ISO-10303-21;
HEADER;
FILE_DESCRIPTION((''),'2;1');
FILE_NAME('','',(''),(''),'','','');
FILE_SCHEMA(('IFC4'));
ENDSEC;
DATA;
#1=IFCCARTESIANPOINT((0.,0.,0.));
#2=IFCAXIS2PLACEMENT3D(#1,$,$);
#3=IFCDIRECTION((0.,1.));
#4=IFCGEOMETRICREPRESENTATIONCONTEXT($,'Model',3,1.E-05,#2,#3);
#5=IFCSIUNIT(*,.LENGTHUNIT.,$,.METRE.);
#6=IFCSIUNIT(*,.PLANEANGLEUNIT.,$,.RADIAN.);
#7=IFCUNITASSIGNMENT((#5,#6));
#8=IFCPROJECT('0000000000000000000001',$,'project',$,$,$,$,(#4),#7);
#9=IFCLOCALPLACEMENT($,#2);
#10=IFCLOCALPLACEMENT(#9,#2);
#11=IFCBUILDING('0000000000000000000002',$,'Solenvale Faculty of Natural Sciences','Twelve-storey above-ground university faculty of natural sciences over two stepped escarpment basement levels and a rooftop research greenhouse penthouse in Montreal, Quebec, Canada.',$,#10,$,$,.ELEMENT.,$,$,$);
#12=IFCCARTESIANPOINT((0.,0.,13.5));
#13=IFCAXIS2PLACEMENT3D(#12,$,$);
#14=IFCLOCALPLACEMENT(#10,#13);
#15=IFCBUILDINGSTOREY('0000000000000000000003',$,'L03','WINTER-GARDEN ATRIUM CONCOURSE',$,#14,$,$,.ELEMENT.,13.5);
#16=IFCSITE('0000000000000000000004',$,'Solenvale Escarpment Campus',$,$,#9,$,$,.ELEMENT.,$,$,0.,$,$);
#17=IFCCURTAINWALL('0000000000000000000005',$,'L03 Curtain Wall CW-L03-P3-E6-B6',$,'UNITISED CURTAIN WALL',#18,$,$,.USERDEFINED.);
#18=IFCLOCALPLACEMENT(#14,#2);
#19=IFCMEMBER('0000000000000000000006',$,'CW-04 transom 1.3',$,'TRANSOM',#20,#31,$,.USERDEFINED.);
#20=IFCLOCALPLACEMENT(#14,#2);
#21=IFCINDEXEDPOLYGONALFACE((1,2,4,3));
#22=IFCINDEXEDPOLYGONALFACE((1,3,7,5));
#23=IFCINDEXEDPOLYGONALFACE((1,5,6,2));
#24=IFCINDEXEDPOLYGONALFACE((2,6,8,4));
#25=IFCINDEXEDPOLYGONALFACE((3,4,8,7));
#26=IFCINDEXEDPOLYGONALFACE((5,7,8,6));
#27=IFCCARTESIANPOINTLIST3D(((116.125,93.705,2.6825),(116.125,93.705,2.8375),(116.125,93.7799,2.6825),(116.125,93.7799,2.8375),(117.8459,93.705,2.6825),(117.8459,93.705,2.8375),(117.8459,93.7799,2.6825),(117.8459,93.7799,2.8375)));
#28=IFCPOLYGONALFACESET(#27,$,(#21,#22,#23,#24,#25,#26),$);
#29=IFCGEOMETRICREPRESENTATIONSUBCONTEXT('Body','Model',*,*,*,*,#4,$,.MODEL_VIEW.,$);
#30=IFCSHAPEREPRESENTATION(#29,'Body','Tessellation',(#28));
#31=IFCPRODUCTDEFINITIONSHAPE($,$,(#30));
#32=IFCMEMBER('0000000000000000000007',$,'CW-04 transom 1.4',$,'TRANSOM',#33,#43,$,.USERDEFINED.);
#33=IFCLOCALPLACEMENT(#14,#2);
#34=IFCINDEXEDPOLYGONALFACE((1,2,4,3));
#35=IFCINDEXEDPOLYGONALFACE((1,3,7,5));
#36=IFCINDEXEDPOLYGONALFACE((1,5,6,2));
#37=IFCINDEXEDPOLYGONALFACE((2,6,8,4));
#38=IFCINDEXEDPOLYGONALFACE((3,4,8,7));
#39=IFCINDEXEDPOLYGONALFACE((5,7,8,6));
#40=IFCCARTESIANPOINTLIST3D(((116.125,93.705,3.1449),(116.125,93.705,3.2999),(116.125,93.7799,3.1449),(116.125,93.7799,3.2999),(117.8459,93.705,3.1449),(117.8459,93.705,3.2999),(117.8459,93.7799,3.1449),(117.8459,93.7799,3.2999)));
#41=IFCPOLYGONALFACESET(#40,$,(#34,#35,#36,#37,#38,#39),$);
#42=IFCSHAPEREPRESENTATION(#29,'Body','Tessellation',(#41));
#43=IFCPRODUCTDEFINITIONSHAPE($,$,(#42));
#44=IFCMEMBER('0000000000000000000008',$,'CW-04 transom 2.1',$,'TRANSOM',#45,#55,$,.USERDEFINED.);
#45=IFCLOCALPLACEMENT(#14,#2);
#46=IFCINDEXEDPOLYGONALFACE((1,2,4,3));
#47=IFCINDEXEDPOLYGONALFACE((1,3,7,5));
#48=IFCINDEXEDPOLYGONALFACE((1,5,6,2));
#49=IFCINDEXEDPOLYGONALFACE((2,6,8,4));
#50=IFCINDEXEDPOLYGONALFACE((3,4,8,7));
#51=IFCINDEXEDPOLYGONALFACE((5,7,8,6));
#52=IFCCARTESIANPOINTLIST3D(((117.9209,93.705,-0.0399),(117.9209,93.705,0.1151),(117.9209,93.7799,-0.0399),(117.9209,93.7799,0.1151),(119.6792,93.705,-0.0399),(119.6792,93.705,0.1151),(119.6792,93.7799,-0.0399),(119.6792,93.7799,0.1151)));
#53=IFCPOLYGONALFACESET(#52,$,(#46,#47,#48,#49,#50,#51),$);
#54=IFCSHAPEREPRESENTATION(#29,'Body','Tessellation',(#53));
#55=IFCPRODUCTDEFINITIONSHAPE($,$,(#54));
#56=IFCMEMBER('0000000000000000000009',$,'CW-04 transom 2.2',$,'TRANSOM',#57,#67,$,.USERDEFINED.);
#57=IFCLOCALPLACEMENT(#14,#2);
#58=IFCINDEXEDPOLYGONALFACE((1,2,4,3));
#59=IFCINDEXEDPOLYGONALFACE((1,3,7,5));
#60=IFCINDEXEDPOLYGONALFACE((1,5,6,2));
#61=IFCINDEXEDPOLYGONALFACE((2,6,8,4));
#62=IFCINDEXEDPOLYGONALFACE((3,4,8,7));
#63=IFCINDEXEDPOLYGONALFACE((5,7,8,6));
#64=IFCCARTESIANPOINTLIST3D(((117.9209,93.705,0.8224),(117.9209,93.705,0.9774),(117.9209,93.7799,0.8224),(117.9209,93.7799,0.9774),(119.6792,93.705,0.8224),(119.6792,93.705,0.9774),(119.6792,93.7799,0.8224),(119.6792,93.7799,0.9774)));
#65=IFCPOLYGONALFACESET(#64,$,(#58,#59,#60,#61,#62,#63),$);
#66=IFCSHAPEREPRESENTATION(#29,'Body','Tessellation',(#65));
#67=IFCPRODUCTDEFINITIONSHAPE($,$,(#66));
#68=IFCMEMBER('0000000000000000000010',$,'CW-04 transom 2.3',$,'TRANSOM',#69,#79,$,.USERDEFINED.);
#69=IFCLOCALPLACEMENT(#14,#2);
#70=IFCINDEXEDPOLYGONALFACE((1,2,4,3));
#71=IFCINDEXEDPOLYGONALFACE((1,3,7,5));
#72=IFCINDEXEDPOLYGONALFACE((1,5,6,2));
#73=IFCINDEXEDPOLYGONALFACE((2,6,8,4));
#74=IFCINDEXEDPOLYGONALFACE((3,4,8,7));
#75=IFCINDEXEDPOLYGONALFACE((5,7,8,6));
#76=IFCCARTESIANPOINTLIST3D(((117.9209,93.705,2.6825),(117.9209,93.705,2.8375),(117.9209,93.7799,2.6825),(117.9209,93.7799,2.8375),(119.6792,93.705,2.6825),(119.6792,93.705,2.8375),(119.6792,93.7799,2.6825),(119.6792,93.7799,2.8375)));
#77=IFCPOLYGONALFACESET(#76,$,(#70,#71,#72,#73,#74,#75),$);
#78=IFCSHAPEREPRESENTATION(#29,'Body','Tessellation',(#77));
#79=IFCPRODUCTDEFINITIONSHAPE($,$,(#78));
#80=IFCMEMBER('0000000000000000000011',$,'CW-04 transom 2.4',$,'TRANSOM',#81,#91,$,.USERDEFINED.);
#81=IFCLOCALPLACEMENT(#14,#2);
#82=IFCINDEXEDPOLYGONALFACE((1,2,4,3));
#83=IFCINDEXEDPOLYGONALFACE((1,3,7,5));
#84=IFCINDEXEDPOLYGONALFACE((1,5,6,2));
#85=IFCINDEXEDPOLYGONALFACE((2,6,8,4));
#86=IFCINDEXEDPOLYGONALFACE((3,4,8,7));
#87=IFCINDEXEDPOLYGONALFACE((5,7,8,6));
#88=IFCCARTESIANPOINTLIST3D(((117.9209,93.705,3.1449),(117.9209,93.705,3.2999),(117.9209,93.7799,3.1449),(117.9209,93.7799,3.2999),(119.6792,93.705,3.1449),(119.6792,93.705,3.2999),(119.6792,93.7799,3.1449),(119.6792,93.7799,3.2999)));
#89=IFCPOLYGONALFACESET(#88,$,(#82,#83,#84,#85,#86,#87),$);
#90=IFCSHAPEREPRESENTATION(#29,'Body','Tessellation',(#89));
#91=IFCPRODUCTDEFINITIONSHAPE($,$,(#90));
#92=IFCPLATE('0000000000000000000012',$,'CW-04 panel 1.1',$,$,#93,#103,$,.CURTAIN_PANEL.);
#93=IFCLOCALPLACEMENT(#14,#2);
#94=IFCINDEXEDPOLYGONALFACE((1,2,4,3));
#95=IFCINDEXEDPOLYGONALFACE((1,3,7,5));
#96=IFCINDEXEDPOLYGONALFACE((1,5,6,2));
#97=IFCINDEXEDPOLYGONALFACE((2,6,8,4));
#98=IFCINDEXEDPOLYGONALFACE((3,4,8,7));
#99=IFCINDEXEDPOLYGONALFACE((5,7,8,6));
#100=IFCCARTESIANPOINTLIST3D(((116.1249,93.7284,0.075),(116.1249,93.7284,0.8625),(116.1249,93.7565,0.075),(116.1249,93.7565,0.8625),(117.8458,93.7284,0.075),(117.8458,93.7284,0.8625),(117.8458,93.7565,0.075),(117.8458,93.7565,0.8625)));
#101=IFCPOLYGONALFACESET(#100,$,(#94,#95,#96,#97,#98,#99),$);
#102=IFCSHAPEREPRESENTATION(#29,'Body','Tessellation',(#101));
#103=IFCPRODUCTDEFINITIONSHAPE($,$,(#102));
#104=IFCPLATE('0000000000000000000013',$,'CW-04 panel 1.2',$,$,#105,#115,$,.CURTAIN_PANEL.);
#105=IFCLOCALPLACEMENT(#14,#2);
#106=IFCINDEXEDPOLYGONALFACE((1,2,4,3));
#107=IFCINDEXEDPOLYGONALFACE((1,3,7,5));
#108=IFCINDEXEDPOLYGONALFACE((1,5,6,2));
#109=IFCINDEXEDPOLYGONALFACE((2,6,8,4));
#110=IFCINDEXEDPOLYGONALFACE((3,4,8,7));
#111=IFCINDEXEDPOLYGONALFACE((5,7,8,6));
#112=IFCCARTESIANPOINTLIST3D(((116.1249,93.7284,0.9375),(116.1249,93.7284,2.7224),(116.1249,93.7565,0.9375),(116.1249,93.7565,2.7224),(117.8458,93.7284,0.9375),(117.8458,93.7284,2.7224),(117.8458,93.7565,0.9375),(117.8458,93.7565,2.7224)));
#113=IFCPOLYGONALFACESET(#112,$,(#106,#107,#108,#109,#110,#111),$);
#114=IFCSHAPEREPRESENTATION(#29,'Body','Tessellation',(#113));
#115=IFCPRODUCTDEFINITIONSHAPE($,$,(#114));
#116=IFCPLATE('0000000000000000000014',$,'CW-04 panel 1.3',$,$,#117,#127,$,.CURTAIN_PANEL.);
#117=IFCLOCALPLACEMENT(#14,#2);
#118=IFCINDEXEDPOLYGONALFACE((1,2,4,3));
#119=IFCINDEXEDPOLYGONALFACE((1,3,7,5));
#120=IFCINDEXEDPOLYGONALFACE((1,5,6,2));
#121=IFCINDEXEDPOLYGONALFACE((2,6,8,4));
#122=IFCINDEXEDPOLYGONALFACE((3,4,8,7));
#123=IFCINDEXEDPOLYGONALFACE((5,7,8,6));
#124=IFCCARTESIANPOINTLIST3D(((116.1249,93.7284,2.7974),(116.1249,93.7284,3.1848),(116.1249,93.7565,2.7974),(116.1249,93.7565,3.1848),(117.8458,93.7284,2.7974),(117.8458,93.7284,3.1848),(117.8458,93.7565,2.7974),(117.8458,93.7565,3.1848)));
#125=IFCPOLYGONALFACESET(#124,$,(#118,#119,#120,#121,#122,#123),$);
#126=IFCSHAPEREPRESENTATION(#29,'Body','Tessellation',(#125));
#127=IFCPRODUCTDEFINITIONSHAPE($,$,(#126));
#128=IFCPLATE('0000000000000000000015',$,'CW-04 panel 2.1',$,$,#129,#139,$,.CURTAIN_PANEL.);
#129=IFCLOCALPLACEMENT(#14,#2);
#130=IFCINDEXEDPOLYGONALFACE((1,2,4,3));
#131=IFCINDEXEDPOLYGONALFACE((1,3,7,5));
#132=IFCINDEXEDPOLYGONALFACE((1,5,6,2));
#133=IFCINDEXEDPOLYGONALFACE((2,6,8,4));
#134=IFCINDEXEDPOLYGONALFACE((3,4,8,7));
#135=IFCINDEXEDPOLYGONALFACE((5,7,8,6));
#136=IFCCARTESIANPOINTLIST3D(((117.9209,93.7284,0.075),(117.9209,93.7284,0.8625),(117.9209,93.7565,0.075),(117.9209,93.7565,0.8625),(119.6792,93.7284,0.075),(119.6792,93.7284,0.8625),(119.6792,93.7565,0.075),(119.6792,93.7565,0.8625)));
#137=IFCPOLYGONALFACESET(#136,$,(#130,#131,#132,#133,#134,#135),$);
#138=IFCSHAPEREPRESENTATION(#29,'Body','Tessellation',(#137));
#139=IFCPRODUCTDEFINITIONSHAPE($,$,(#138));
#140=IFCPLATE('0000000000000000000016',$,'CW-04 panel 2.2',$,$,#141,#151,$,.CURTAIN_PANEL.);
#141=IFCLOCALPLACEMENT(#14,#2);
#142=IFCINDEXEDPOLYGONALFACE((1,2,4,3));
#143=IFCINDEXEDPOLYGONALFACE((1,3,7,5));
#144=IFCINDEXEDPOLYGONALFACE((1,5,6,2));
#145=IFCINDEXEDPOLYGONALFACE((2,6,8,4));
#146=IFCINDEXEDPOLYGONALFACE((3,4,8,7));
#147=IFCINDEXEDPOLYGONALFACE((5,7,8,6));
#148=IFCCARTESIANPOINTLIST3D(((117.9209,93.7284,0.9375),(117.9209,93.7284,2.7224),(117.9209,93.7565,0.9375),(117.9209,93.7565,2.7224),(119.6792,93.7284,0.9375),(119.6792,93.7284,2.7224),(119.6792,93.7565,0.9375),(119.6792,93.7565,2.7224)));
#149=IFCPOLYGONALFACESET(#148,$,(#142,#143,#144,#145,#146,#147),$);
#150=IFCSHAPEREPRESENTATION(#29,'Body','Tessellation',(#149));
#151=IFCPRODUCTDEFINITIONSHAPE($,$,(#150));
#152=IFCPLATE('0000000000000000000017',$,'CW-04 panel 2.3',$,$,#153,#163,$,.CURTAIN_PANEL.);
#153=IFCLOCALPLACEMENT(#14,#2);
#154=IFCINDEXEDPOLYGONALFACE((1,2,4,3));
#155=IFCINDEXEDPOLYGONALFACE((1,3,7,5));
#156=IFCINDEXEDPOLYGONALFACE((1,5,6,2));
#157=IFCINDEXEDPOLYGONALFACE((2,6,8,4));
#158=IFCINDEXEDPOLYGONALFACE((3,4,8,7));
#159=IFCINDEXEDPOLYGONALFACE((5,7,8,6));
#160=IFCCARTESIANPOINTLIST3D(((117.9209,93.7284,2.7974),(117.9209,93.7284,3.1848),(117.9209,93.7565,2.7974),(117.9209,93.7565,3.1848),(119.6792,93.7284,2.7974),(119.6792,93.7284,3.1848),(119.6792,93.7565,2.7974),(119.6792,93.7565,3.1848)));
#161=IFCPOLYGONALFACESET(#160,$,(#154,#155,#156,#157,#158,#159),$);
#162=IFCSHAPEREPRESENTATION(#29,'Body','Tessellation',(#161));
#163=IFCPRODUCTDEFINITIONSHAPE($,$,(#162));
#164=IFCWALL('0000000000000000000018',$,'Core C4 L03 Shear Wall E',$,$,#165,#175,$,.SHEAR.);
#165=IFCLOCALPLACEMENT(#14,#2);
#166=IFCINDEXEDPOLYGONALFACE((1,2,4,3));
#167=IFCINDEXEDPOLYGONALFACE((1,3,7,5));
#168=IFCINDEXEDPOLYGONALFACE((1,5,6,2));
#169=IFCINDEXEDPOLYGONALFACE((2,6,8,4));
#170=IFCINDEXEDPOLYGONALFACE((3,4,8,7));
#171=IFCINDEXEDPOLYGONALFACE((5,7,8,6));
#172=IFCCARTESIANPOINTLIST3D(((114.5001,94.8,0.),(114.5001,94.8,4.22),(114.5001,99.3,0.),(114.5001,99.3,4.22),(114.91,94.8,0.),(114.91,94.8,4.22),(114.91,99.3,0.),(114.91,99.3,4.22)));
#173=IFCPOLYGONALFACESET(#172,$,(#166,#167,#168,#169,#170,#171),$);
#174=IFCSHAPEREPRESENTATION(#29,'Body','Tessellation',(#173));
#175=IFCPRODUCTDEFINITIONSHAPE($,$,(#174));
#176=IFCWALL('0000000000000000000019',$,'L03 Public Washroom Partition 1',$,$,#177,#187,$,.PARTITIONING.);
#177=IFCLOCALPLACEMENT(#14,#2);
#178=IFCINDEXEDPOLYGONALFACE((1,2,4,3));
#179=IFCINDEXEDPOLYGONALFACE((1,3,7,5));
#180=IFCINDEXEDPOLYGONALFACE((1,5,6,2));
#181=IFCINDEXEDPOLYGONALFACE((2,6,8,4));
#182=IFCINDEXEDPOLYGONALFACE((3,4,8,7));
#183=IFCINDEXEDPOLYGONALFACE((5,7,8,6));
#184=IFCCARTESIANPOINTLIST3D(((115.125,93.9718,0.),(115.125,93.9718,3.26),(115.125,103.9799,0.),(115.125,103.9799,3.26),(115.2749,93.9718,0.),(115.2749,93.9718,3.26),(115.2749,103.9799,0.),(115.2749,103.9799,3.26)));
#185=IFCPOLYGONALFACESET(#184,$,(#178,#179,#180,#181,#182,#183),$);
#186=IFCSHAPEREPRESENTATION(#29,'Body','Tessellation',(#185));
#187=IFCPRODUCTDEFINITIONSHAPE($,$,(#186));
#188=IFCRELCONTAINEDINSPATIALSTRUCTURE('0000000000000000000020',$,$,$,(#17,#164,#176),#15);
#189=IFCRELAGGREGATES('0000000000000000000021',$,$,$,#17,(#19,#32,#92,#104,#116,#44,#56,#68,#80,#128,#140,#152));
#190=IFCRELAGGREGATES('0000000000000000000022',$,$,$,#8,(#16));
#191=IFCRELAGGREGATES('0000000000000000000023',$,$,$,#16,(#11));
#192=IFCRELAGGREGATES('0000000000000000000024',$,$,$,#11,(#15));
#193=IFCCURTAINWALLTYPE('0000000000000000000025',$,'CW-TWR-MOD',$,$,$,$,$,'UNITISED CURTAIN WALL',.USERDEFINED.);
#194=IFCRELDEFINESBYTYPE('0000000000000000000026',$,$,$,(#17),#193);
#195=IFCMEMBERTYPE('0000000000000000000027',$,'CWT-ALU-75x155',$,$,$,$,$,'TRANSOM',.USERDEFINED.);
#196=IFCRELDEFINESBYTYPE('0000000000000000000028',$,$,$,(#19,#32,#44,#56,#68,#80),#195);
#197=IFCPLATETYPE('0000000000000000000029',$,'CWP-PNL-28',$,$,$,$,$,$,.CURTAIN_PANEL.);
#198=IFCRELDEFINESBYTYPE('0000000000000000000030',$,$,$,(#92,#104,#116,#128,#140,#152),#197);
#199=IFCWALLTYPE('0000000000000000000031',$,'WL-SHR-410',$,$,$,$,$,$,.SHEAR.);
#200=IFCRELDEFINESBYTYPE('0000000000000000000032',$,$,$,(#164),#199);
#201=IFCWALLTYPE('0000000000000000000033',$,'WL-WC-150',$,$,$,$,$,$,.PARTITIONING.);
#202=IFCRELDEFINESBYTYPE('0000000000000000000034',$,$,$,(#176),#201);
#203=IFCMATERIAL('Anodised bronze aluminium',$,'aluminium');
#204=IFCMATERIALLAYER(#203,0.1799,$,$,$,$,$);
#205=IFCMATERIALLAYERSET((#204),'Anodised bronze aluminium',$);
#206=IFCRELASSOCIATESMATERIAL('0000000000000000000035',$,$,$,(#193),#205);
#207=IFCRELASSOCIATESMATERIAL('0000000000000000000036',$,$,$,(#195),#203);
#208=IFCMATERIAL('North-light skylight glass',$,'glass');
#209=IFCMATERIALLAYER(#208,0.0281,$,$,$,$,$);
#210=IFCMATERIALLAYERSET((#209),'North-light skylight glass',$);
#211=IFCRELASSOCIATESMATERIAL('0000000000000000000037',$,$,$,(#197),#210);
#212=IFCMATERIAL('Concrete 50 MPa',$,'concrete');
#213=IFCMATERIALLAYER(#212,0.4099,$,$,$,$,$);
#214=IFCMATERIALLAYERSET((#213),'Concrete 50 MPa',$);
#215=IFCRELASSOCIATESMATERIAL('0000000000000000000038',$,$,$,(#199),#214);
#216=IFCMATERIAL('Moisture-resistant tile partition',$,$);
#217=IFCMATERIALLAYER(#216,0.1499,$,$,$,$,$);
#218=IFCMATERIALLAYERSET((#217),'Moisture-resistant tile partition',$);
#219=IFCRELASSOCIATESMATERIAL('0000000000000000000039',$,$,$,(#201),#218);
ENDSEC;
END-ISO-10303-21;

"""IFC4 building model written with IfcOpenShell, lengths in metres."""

from ifc_helpers import new_model, si_unit, direction, frame, frame_2d, origin, origin_2d, place, context, subcontext, project, spatial, rectangle, extrude, material, layer, layer_set, material_profile, profile_set, type_object, element, aggregate, save


model = new_model("IFC4")

# Units and contexts
model_context = context("Model", 3, precision=1e-05, world=origin(), true_north=direction((0.0, 1.0)))
body_context = subcontext(model_context, "Body", "Model", "MODEL_VIEW")
ifc_project = project(units=[si_unit("LENGTHUNIT", "METRE"), si_unit("PLANEANGLEUNIT", "RADIAN")], contexts=[model_context])

# Site, building, storey
site_placement = place(None, origin())
site = spatial("IfcSite", under=ifc_project, at=site_placement, Name="Solenvale Escarpment Campus", CompositionType="ELEMENT", RefElevation=0.0)
building_placement = place(site_placement, origin())
building = spatial("IfcBuilding", under=site, at=building_placement, Name="Solenvale Faculty of Natural Sciences", Description="Twelve-storey above-ground university faculty of natural sciences over two stepped escarpment basement levels and a rooftop research greenhouse penthouse in Montreal, Quebec, Canada.", CompositionType="ELEMENT")
storey_placement = place(building_placement, frame((0.0, 0.0, 13.5)))
storey = spatial("IfcBuildingStorey", under=building, at=storey_placement, Name="L03", Description="WINTER-GARDEN ATRIUM CONCOURSE", CompositionType="ELEMENT", Elevation=13.5)

# Shared definitions
ifc_material_1 = material(Name="Concrete 50 MPa", Category="concrete")

# Curtain wall, members, plates
ifc_material_2 = material(Name="Anodised bronze aluminium", Category="aluminium")
ifc_layer_1 = layer(ifc_material_2, 0.1799)
ifc_layer_set_1 = layer_set([ifc_layer_1], Name="Anodised bronze aluminium")
curtain_wall_type = type_object("IfcCurtainWallType", Name="CW-TWR-MOD", ElementType="UNITISED CURTAIN WALL", PredefinedType="USERDEFINED", material=ifc_layer_set_1)
curtain_wall_placement = place(storey_placement, origin())
curtain_wall = element("IfcCurtainWall", 1, at=curtain_wall_placement, inside=storey, type_object=curtain_wall_type, Name="L03 Curtain Wall CW-L03-P3-E6-B6", ObjectType="UNITISED CURTAIN WALL", PredefinedType="USERDEFINED")
ifc_material_profile_1 = material_profile(ifc_material_2, rectangle(XDim=0.075, YDim=0.155, at=origin_2d()), Name="ALU-TRN-75x155")
ifc_profile_set_1 = profile_set([ifc_material_profile_1], Name="Anodised bronze aluminium")
member_type_1 = type_object("IfcMemberType", Name="CWT-ALU-75x155", ElementType="TRANSOM", PredefinedType="USERDEFINED", material=ifc_profile_set_1)
member_1_placement = place(storey_placement, frame((116.125, 93.7424, 2.76), z_axis=(1.0, 0.0, 0.0), x_axis=(0.0, 1.0, 0.0)))
member_1 = element("IfcMember", 2, at=member_1_placement, type_object=member_type_1, Name="CW-04 transom 1.3", ObjectType="TRANSOM", PredefinedType="USERDEFINED", context=body_context, shape_type="SweptSolid", body=[
    extrude(rectangle(XDim=0.075, YDim=0.155, at=origin_2d()), origin(), (0.0, 0.0, 1.0), 1.7209),
])
member_2_placement = place(storey_placement, frame((116.125, 93.7424, 3.2224), z_axis=(1.0, 0.0, 0.0), x_axis=(0.0, 1.0, 0.0)))
member_2 = element("IfcMember", 3, at=member_2_placement, type_object=member_type_1, Name="CW-04 transom 1.4", ObjectType="TRANSOM", PredefinedType="USERDEFINED", context=body_context, shape_type="SweptSolid", body=[
    extrude(rectangle(XDim=0.075, YDim=0.155, at=origin_2d()), origin(), (0.0, 0.0, 1.0), 1.7209),
])
member_3_placement = place(storey_placement, frame((117.9209, 93.7424, 0.0376), z_axis=(1.0, 0.0, 0.0), x_axis=(0.0, 1.0, 0.0)))
member_3 = element("IfcMember", 4, at=member_3_placement, type_object=member_type_1, Name="CW-04 transom 2.1", ObjectType="TRANSOM", PredefinedType="USERDEFINED", context=body_context, shape_type="SweptSolid", body=[
    extrude(rectangle(XDim=0.075, YDim=0.155, at=origin_2d()), origin(), (0.0, 0.0, 1.0), 1.7583),
])
member_4_placement = place(storey_placement, frame((117.9209, 93.7424, 0.8999), z_axis=(1.0, 0.0, 0.0), x_axis=(0.0, 1.0, 0.0)))
member_4 = element("IfcMember", 5, at=member_4_placement, type_object=member_type_1, Name="CW-04 transom 2.2", ObjectType="TRANSOM", PredefinedType="USERDEFINED", context=body_context, shape_type="SweptSolid", body=[
    extrude(rectangle(XDim=0.075, YDim=0.155, at=origin_2d()), origin(), (0.0, 0.0, 1.0), 1.7583),
])
member_5_placement = place(storey_placement, frame((117.9209, 93.7424, 2.76), z_axis=(1.0, 0.0, 0.0), x_axis=(0.0, 1.0, 0.0)))
member_5 = element("IfcMember", 6, at=member_5_placement, type_object=member_type_1, Name="CW-04 transom 2.3", ObjectType="TRANSOM", PredefinedType="USERDEFINED", context=body_context, shape_type="SweptSolid", body=[
    extrude(rectangle(XDim=0.075, YDim=0.155, at=origin_2d()), origin(), (0.0, 0.0, 1.0), 1.7583),
])
member_6_placement = place(storey_placement, frame((117.9209, 93.7424, 3.2224), z_axis=(1.0, 0.0, 0.0), x_axis=(0.0, 1.0, 0.0)))
member_6 = element("IfcMember", 7, at=member_6_placement, type_object=member_type_1, Name="CW-04 transom 2.4", ObjectType="TRANSOM", PredefinedType="USERDEFINED", context=body_context, shape_type="SweptSolid", body=[
    extrude(rectangle(XDim=0.075, YDim=0.155, at=origin_2d()), origin(), (0.0, 0.0, 1.0), 1.7583),
])
ifc_material_3 = material(Name="North-light skylight glass", Category="glass")
ifc_layer_2 = layer(ifc_material_3, 0.0281)
ifc_layer_set_2 = layer_set([ifc_layer_2], Name="North-light skylight glass")
plate_type = type_object("IfcPlateType", Name="CWP-PNL-28", PredefinedType="CURTAIN_PANEL", material=ifc_layer_set_2)
plate_1_placement = place(storey_placement, frame((116.9854, 93.7424, 0.075), z_axis=(0.0, 0.0, 1.0), x_axis=(1.0, 0.0, 0.0)))
plate_1 = element("IfcPlate", 8, at=plate_1_placement, type_object=plate_type, Name="CW-04 panel 1.1", PredefinedType="CURTAIN_PANEL", context=body_context, shape_type="SweptSolid", body=[
    extrude(rectangle(XDim=1.7209, YDim=0.0281, at=origin_2d()), origin(), (0.0, 0.0, 1.0), 0.7876),
])
plate_2_placement = place(storey_placement, frame((116.9854, 93.7424, 0.9375), z_axis=(0.0, 0.0, 1.0), x_axis=(1.0, 0.0, 0.0)))
plate_2 = element("IfcPlate", 9, at=plate_2_placement, type_object=plate_type, Name="CW-04 panel 1.2", PredefinedType="CURTAIN_PANEL", context=body_context, shape_type="SweptSolid", body=[
    extrude(rectangle(XDim=1.7209, YDim=0.0281, at=origin_2d()), origin(), (0.0, 0.0, 1.0), 1.7849),
])
plate_3_placement = place(storey_placement, frame((116.9854, 93.7424, 2.7974), z_axis=(0.0, 0.0, 1.0), x_axis=(1.0, 0.0, 0.0)))
plate_3 = element("IfcPlate", 10, at=plate_3_placement, type_object=plate_type, Name="CW-04 panel 1.3", PredefinedType="CURTAIN_PANEL", context=body_context, shape_type="SweptSolid", body=[
    extrude(rectangle(XDim=1.7209, YDim=0.0281, at=origin_2d()), origin(), (0.0, 0.0, 1.0), 0.3875),
])
plate_4_placement = place(storey_placement, frame((118.8, 93.7424, 0.075), z_axis=(0.0, 0.0, 1.0), x_axis=(1.0, 0.0, 0.0)))
plate_4 = element("IfcPlate", 11, at=plate_4_placement, type_object=plate_type, Name="CW-04 panel 2.1", PredefinedType="CURTAIN_PANEL", context=body_context, shape_type="SweptSolid", body=[
    extrude(rectangle(XDim=1.7583, YDim=0.0281, at=origin_2d()), origin(), (0.0, 0.0, 1.0), 0.7876),
])
plate_5_placement = place(storey_placement, frame((118.8, 93.7424, 0.9375), z_axis=(0.0, 0.0, 1.0), x_axis=(1.0, 0.0, 0.0)))
plate_5 = element("IfcPlate", 12, at=plate_5_placement, type_object=plate_type, Name="CW-04 panel 2.2", PredefinedType="CURTAIN_PANEL", context=body_context, shape_type="SweptSolid", body=[
    extrude(rectangle(XDim=1.7583, YDim=0.0281, at=origin_2d()), origin(), (0.0, 0.0, 1.0), 1.7849),
])
plate_6_placement = place(storey_placement, frame((118.8, 93.7424, 2.7974), z_axis=(0.0, 0.0, 1.0), x_axis=(1.0, 0.0, 0.0)))
plate_6 = element("IfcPlate", 13, at=plate_6_placement, type_object=plate_type, Name="CW-04 panel 2.3", PredefinedType="CURTAIN_PANEL", context=body_context, shape_type="SweptSolid", body=[
    extrude(rectangle(XDim=1.7583, YDim=0.0281, at=origin_2d()), origin(), (0.0, 0.0, 1.0), 0.3875),
])
aggregate(curtain_wall, [member_1, member_2, plate_1, plate_2, plate_3, member_3, member_4, member_5, member_6, plate_4, plate_5, plate_6])

# Walls
ifc_layer_3 = layer(ifc_material_1, 0.4099)
ifc_layer_set_3 = layer_set([ifc_layer_3], Name="Concrete 50 MPa")
wall_type_1 = type_object("IfcWallType", Name="WL-SHR-410", PredefinedType="SHEAR", material=ifc_layer_set_3)
wall_1_placement = place(storey_placement, frame((114.7051, 94.8, 0.0), z_axis=(0.0, 0.0, 1.0), x_axis=(0.0, 1.0, 0.0)))
element("IfcWall", 14, at=wall_1_placement, inside=storey, type_object=wall_type_1, Name="Core C4 L03 Shear Wall E", PredefinedType="SHEAR", context=body_context, shape_type="SweptSolid", body=[
    extrude(rectangle(XDim=4.5, YDim=0.4099, at=frame_2d((2.25, 0.0))), origin(), (0.0, 0.0, 1.0), 4.22),
])
ifc_material_4 = material(Name="Moisture-resistant tile partition")
ifc_layer_4 = layer(ifc_material_4, 0.1499)
ifc_layer_set_4 = layer_set([ifc_layer_4], Name="Moisture-resistant tile partition")
wall_type_2 = type_object("IfcWallType", Name="WL-WC-150", PredefinedType="PARTITIONING", material=ifc_layer_set_4)
wall_2_placement = place(storey_placement, frame((115.2, 93.9719, 0.0), z_axis=(0.0, 0.0, 1.0), x_axis=(0.0, 1.0, 0.0)))
element("IfcWall", 15, at=wall_2_placement, inside=storey, type_object=wall_type_2, Name="L03 Public Washroom Partition 1", PredefinedType="PARTITIONING", context=body_context, shape_type="SweptSolid", body=[
    extrude(rectangle(XDim=10.0081, YDim=0.1499, at=frame_2d((5.0039, 0.0))), origin(), (0.0, 0.0, 1.0), 3.26),
])

save(model, "model.ifc")
